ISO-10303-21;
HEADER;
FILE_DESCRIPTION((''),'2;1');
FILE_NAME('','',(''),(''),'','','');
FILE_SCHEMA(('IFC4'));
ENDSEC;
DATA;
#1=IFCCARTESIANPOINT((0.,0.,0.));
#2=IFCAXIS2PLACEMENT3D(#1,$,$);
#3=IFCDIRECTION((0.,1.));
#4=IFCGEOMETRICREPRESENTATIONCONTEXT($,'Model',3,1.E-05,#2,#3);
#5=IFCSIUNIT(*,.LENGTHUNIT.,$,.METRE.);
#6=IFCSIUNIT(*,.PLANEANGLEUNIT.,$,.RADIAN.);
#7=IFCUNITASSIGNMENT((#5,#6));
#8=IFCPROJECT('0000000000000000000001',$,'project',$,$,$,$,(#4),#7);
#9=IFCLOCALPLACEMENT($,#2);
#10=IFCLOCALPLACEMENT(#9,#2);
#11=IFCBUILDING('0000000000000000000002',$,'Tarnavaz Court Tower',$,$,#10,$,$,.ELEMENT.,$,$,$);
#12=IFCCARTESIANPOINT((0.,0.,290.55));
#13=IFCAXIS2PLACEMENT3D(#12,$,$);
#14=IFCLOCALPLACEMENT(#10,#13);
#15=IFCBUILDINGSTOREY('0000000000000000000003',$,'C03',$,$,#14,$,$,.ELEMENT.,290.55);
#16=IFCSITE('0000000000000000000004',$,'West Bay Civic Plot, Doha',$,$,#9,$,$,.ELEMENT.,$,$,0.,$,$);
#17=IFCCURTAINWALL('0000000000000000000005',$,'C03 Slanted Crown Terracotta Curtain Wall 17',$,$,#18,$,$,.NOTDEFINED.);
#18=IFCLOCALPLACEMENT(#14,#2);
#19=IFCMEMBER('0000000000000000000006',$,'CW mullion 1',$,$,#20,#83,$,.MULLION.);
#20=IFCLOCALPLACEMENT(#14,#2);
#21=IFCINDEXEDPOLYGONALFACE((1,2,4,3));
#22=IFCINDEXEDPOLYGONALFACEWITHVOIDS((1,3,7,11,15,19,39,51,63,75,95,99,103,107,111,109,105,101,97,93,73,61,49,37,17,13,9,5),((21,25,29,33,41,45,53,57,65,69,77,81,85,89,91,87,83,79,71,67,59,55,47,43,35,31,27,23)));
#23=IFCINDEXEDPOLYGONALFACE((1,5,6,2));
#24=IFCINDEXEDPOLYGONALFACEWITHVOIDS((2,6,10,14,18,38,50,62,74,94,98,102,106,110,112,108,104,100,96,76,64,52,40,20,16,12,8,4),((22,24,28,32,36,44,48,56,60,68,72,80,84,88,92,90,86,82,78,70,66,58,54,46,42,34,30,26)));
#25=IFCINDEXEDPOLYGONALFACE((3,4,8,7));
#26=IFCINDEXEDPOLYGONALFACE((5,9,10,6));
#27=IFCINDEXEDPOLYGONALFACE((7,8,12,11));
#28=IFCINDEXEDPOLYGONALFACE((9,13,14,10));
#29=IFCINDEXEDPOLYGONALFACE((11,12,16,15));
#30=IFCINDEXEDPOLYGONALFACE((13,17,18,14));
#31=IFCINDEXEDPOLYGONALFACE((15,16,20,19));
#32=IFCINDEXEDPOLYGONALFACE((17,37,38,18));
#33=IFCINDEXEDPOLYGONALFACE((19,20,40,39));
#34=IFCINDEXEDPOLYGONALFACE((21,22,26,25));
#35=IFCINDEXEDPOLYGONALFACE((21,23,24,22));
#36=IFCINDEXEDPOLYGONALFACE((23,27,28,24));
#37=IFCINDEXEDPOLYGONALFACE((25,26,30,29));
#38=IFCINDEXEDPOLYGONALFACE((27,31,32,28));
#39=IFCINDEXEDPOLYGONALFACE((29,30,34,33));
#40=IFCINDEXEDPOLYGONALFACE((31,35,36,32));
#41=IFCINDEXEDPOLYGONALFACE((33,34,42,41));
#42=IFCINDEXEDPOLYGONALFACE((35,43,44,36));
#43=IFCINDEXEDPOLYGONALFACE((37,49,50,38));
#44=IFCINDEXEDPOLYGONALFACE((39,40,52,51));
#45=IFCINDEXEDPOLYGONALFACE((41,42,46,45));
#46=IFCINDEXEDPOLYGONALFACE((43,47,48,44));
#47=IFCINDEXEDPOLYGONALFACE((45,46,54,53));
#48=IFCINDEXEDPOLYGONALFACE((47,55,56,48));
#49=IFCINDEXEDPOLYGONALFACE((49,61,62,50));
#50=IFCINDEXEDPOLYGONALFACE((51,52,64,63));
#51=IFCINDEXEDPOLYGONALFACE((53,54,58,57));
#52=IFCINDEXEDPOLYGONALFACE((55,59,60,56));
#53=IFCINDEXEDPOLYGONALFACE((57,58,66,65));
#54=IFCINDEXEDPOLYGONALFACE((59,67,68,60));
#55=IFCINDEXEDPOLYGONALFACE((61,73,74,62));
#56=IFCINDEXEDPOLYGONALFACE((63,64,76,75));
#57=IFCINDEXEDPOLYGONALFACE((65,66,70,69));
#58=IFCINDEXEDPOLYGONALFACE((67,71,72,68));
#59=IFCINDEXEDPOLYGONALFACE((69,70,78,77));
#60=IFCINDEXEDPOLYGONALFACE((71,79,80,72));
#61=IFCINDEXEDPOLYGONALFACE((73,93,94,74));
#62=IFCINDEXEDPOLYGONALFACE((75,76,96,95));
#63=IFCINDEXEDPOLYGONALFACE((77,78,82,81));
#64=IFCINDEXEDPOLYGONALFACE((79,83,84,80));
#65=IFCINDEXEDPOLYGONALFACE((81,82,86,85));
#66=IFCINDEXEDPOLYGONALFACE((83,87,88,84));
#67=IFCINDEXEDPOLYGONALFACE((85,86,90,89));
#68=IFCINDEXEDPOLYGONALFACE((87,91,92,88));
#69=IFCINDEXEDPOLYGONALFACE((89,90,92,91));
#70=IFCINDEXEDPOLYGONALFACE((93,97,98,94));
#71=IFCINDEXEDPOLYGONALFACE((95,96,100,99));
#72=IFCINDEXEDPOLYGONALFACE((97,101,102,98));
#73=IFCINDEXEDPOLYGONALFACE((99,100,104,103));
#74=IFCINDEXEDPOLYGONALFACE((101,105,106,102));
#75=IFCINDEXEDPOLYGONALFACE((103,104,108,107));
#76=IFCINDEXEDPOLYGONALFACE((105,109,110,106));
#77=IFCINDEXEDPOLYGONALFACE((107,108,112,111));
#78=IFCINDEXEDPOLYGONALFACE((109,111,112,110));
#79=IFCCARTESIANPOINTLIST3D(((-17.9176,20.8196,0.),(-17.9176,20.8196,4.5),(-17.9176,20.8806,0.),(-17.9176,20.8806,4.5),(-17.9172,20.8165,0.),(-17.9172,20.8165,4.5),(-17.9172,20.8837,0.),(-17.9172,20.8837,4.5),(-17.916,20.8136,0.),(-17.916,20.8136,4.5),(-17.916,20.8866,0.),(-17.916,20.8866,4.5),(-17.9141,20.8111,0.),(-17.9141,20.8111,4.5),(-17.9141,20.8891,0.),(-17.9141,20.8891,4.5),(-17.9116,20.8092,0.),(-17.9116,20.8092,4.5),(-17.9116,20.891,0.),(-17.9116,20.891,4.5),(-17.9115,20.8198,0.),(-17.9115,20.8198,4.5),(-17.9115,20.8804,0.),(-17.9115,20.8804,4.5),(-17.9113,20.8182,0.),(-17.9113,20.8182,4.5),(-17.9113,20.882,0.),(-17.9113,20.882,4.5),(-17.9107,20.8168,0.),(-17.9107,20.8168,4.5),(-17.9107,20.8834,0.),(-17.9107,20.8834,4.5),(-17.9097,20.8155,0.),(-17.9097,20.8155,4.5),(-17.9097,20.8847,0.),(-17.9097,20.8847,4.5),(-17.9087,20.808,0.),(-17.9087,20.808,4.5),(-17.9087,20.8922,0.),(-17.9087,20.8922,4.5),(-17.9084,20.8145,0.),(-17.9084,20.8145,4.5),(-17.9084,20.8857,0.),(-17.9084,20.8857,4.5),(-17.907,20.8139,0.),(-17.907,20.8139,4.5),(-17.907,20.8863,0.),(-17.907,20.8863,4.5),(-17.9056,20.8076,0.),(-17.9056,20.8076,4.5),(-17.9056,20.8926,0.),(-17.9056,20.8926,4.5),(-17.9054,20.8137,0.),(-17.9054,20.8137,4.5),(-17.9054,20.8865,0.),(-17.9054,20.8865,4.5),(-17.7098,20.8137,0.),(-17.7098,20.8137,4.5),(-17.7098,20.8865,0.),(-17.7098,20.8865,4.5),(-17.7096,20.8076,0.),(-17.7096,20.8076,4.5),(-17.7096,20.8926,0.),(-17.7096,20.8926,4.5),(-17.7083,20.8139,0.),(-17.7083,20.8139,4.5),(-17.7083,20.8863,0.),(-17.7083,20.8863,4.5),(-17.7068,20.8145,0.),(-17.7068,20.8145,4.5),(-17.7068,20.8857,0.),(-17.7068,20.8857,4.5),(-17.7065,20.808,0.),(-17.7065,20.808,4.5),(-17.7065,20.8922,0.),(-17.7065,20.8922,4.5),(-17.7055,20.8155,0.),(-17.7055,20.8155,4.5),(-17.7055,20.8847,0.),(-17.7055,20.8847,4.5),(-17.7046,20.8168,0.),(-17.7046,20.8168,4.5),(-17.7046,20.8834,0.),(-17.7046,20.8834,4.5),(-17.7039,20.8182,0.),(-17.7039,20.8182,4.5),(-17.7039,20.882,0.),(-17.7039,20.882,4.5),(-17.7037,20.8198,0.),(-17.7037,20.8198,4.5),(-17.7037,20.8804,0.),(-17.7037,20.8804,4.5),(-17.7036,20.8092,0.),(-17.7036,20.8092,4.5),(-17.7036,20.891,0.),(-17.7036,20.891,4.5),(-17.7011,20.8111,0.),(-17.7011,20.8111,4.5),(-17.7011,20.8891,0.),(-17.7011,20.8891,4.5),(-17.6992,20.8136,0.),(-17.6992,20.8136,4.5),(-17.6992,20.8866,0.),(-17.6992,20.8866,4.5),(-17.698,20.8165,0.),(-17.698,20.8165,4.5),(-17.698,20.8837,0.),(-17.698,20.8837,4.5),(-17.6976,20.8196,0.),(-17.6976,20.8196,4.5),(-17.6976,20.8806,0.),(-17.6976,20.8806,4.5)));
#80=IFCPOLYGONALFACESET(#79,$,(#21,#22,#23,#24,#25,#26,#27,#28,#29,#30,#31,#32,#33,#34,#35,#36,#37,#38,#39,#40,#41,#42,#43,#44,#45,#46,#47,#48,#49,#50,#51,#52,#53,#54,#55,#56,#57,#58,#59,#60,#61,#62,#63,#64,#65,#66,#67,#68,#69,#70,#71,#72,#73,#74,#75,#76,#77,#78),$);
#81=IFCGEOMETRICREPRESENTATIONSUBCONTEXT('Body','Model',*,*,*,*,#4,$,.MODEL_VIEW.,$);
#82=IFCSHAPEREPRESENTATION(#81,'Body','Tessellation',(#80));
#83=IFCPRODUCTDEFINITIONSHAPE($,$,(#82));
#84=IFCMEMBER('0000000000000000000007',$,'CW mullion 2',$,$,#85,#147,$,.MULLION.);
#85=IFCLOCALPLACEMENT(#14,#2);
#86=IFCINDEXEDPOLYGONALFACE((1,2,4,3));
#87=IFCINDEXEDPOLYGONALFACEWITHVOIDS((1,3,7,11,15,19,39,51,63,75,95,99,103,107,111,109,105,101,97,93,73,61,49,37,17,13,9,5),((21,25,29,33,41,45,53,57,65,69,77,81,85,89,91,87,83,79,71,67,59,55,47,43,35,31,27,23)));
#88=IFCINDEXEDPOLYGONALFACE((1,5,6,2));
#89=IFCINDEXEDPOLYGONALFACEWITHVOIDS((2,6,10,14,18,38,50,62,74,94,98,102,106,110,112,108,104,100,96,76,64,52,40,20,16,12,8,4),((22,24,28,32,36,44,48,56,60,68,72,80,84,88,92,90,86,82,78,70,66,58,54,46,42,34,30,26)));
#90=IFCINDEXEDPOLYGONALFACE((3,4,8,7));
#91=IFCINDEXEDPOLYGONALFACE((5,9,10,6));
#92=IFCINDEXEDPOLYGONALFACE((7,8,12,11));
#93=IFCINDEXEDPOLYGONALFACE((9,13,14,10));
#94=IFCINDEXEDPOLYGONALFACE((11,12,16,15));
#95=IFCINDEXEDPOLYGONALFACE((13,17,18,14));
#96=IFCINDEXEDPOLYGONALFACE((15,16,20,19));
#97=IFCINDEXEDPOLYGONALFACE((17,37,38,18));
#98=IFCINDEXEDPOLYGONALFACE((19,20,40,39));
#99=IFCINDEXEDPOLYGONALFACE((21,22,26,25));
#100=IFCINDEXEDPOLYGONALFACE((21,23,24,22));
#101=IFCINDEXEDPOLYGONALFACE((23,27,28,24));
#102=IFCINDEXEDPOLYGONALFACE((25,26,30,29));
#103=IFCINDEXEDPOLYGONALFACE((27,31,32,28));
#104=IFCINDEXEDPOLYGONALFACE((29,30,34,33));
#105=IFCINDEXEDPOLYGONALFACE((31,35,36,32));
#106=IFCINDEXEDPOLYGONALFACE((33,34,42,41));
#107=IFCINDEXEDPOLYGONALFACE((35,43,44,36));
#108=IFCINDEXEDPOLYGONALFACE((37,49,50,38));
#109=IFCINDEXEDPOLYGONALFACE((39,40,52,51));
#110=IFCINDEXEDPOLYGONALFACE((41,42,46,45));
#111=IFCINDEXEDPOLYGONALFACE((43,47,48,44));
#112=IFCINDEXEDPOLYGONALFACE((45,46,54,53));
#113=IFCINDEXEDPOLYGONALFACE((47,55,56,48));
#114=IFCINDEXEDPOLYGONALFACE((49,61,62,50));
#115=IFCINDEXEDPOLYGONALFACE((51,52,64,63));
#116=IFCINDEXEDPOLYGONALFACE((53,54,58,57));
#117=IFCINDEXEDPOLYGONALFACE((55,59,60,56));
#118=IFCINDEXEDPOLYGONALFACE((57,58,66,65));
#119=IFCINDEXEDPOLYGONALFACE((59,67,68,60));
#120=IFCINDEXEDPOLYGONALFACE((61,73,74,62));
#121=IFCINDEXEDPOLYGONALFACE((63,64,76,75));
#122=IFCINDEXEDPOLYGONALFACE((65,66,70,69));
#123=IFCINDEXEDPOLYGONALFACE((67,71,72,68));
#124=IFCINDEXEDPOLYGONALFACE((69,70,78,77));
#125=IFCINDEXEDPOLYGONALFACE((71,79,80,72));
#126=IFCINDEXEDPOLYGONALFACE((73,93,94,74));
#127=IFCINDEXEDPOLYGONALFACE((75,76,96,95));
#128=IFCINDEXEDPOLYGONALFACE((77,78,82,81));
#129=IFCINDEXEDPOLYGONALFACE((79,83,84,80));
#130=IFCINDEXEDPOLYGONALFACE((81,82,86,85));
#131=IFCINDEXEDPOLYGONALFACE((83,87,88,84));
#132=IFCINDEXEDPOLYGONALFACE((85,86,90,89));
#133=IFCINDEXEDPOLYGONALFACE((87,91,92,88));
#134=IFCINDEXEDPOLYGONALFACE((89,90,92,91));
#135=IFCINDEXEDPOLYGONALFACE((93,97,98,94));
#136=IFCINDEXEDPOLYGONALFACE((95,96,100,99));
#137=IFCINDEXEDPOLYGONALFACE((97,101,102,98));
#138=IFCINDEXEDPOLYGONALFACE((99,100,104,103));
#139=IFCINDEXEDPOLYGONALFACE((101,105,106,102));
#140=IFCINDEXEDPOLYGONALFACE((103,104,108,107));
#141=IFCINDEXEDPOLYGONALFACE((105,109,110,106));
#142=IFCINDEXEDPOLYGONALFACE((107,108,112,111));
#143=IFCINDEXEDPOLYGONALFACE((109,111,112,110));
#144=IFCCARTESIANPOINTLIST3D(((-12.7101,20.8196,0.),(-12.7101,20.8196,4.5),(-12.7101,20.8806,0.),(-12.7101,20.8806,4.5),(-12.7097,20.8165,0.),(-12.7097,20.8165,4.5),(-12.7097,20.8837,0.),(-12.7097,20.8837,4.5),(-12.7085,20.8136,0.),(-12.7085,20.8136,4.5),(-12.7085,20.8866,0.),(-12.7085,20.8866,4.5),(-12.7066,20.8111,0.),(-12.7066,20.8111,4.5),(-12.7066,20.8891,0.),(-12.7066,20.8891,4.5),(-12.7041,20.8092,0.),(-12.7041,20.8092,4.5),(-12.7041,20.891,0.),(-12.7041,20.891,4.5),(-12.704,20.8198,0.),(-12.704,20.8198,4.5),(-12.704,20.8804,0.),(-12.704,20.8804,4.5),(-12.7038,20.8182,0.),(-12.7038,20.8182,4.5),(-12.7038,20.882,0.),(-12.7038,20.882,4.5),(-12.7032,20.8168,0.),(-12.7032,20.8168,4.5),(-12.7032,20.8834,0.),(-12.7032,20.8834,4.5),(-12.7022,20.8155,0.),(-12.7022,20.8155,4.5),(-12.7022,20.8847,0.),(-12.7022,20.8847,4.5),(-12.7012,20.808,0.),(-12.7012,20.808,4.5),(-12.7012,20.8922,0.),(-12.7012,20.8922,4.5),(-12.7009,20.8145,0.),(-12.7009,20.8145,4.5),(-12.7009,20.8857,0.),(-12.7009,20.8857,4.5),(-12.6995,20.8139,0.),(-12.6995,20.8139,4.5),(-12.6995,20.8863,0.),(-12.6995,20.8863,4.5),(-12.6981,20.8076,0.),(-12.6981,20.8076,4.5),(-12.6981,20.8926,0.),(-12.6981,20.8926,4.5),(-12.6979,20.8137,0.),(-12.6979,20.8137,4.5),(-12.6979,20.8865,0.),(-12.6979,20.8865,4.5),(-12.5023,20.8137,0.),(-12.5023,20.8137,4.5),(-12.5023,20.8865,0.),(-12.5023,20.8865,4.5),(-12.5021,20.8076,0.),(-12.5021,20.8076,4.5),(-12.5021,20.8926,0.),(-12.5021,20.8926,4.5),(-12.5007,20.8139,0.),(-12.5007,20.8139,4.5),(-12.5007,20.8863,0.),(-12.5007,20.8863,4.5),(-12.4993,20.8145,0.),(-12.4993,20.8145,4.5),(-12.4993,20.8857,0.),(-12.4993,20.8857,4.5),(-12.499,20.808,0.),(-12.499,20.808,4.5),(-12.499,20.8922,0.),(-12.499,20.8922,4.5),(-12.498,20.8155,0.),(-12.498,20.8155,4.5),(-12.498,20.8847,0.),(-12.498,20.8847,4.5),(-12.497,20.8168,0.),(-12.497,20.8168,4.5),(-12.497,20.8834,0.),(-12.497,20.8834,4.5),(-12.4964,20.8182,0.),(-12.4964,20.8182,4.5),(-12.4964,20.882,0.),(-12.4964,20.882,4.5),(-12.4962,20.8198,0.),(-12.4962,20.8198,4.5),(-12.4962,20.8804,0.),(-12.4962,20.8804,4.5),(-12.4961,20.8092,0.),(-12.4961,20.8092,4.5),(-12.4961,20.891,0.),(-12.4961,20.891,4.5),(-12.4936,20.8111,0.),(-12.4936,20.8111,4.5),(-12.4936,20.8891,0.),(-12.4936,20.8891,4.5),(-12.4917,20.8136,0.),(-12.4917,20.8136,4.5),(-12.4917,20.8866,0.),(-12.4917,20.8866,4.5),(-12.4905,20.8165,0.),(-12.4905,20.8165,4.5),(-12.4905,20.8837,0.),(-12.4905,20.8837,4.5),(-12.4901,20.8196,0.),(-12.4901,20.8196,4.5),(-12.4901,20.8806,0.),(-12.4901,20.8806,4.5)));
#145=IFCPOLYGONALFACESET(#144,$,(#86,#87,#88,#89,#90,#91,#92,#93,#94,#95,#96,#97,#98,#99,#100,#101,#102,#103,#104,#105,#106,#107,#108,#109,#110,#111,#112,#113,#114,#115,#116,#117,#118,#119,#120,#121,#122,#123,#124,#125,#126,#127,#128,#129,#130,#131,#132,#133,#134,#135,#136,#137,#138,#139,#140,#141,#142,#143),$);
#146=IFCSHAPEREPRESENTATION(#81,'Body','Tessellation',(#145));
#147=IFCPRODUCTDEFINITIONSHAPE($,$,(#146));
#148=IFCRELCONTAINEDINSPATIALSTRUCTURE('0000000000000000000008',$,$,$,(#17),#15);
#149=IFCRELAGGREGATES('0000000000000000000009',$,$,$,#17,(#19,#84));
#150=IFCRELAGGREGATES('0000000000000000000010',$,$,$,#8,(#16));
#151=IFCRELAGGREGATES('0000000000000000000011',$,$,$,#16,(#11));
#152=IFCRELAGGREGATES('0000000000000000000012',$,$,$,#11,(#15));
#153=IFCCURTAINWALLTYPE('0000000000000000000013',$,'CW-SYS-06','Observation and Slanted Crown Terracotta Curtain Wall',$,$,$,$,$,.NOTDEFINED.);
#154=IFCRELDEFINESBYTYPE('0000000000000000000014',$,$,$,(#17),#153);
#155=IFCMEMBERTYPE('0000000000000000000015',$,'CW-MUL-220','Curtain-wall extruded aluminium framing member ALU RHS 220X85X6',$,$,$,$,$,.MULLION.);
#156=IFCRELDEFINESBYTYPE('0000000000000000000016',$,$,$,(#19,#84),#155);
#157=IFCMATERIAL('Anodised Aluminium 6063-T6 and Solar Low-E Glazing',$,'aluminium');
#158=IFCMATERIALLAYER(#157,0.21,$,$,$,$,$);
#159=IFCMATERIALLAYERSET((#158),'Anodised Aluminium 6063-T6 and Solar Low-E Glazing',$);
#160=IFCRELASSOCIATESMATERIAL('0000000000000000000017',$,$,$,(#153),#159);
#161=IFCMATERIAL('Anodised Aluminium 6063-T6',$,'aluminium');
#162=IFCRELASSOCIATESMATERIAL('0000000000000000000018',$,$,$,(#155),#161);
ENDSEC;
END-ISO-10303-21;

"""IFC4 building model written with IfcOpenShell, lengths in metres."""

from ifc_helpers import new_model, si_unit, direction, frame, origin, origin_2d, place, context, subcontext, project, spatial, hollow_rectangle, extrude, material, layer, layer_set, material_profile, profile_set, type_object, element, aggregate, save


model = new_model("IFC4")

# Units and contexts
model_context = context("Model", 3, precision=1e-05, world=origin(), true_north=direction((0.0, 1.0)))
body_context = subcontext(model_context, "Body", "Model", "MODEL_VIEW")
ifc_project = project(units=[si_unit("LENGTHUNIT", "METRE"), si_unit("PLANEANGLEUNIT", "RADIAN")], contexts=[model_context])

# Site, building, storey
site_placement = place(None, origin())
site = spatial("IfcSite", under=ifc_project, at=site_placement, Name="West Bay Civic Plot, Doha", CompositionType="ELEMENT", RefElevation=0.0)
building_placement = place(site_placement, origin())
building = spatial("IfcBuilding", under=site, at=building_placement, Name="Tarnavaz Court Tower", CompositionType="ELEMENT")
storey_placement = place(building_placement, frame((0.0, 0.0, 290.55)))
storey = spatial("IfcBuildingStorey", under=building, at=storey_placement, Name="C03", CompositionType="ELEMENT", Elevation=290.55)

# Curtain wall, members
ifc_material_1 = material(Name="Anodised Aluminium 6063-T6 and Solar Low-E Glazing", Category="aluminium")
ifc_layer_1 = layer(ifc_material_1, 0.21)
ifc_layer_set_1 = layer_set([ifc_layer_1], Name="Anodised Aluminium 6063-T6 and Solar Low-E Glazing")
curtain_wall_type = type_object("IfcCurtainWallType", Name="CW-SYS-06", Description="Observation and Slanted Crown Terracotta Curtain Wall", PredefinedType="NOTDEFINED", material=ifc_layer_set_1)
ifc_material_2 = material(Name="Anodised Aluminium 6063-T6", Category="aluminium")
ifc_material_profile_1 = material_profile(ifc_material_2, hollow_rectangle(XDim=0.085, YDim=0.22, WallThickness=0.0061, InnerFilletRadius=0.0061, OuterFilletRadius=0.012, at=origin_2d()), Name="ALU RHS 220X85X6")
ifc_profile_set_1 = profile_set([ifc_material_profile_1], Name="Anodised Aluminium 6063-T6")
member_type_1 = type_object("IfcMemberType", Name="CW-MUL-220", Description="Curtain-wall extruded aluminium framing member ALU RHS 220X85X6", PredefinedType="MULLION", material=ifc_profile_set_1)
curtain_wall_1_placement = place(storey_placement, origin())
curtain_wall_1 = element("IfcCurtainWall", 1, at=curtain_wall_1_placement, inside=storey, type_object=curtain_wall_type, Name="C03 Slanted Crown Terracotta Curtain Wall 17", PredefinedType="NOTDEFINED")
member_1_placement = place(storey_placement, frame((-17.8076, 20.8501, 0.0), z_axis=(0.0, 0.0, 1.0), x_axis=(0.0, 1.0, 0.0)))
member_1 = element("IfcMember", 2, at=member_1_placement, type_object=member_type_1, Name="CW mullion 1", PredefinedType="MULLION", context=body_context, shape_type="SweptSolid", body=[
    extrude(hollow_rectangle(XDim=0.085, YDim=0.22, WallThickness=0.0061, InnerFilletRadius=0.0061, OuterFilletRadius=0.012, at=origin_2d()), origin(), (0.0, 0.0, 1.0), 4.5),
])
member_2_placement = place(storey_placement, frame((-12.6001, 20.8501, 0.0), z_axis=(0.0, 0.0, 1.0), x_axis=(0.0, 1.0, 0.0)))
member_2 = element("IfcMember", 3, at=member_2_placement, type_object=member_type_1, Name="CW mullion 2", PredefinedType="MULLION", context=body_context, shape_type="SweptSolid", body=[
    extrude(hollow_rectangle(XDim=0.085, YDim=0.22, WallThickness=0.0061, InnerFilletRadius=0.0061, OuterFilletRadius=0.012, at=origin_2d()), origin(), (0.0, 0.0, 1.0), 4.5),
])

aggregate(curtain_wall_1, [member_1, member_2])

save(model, "model.ifc")
